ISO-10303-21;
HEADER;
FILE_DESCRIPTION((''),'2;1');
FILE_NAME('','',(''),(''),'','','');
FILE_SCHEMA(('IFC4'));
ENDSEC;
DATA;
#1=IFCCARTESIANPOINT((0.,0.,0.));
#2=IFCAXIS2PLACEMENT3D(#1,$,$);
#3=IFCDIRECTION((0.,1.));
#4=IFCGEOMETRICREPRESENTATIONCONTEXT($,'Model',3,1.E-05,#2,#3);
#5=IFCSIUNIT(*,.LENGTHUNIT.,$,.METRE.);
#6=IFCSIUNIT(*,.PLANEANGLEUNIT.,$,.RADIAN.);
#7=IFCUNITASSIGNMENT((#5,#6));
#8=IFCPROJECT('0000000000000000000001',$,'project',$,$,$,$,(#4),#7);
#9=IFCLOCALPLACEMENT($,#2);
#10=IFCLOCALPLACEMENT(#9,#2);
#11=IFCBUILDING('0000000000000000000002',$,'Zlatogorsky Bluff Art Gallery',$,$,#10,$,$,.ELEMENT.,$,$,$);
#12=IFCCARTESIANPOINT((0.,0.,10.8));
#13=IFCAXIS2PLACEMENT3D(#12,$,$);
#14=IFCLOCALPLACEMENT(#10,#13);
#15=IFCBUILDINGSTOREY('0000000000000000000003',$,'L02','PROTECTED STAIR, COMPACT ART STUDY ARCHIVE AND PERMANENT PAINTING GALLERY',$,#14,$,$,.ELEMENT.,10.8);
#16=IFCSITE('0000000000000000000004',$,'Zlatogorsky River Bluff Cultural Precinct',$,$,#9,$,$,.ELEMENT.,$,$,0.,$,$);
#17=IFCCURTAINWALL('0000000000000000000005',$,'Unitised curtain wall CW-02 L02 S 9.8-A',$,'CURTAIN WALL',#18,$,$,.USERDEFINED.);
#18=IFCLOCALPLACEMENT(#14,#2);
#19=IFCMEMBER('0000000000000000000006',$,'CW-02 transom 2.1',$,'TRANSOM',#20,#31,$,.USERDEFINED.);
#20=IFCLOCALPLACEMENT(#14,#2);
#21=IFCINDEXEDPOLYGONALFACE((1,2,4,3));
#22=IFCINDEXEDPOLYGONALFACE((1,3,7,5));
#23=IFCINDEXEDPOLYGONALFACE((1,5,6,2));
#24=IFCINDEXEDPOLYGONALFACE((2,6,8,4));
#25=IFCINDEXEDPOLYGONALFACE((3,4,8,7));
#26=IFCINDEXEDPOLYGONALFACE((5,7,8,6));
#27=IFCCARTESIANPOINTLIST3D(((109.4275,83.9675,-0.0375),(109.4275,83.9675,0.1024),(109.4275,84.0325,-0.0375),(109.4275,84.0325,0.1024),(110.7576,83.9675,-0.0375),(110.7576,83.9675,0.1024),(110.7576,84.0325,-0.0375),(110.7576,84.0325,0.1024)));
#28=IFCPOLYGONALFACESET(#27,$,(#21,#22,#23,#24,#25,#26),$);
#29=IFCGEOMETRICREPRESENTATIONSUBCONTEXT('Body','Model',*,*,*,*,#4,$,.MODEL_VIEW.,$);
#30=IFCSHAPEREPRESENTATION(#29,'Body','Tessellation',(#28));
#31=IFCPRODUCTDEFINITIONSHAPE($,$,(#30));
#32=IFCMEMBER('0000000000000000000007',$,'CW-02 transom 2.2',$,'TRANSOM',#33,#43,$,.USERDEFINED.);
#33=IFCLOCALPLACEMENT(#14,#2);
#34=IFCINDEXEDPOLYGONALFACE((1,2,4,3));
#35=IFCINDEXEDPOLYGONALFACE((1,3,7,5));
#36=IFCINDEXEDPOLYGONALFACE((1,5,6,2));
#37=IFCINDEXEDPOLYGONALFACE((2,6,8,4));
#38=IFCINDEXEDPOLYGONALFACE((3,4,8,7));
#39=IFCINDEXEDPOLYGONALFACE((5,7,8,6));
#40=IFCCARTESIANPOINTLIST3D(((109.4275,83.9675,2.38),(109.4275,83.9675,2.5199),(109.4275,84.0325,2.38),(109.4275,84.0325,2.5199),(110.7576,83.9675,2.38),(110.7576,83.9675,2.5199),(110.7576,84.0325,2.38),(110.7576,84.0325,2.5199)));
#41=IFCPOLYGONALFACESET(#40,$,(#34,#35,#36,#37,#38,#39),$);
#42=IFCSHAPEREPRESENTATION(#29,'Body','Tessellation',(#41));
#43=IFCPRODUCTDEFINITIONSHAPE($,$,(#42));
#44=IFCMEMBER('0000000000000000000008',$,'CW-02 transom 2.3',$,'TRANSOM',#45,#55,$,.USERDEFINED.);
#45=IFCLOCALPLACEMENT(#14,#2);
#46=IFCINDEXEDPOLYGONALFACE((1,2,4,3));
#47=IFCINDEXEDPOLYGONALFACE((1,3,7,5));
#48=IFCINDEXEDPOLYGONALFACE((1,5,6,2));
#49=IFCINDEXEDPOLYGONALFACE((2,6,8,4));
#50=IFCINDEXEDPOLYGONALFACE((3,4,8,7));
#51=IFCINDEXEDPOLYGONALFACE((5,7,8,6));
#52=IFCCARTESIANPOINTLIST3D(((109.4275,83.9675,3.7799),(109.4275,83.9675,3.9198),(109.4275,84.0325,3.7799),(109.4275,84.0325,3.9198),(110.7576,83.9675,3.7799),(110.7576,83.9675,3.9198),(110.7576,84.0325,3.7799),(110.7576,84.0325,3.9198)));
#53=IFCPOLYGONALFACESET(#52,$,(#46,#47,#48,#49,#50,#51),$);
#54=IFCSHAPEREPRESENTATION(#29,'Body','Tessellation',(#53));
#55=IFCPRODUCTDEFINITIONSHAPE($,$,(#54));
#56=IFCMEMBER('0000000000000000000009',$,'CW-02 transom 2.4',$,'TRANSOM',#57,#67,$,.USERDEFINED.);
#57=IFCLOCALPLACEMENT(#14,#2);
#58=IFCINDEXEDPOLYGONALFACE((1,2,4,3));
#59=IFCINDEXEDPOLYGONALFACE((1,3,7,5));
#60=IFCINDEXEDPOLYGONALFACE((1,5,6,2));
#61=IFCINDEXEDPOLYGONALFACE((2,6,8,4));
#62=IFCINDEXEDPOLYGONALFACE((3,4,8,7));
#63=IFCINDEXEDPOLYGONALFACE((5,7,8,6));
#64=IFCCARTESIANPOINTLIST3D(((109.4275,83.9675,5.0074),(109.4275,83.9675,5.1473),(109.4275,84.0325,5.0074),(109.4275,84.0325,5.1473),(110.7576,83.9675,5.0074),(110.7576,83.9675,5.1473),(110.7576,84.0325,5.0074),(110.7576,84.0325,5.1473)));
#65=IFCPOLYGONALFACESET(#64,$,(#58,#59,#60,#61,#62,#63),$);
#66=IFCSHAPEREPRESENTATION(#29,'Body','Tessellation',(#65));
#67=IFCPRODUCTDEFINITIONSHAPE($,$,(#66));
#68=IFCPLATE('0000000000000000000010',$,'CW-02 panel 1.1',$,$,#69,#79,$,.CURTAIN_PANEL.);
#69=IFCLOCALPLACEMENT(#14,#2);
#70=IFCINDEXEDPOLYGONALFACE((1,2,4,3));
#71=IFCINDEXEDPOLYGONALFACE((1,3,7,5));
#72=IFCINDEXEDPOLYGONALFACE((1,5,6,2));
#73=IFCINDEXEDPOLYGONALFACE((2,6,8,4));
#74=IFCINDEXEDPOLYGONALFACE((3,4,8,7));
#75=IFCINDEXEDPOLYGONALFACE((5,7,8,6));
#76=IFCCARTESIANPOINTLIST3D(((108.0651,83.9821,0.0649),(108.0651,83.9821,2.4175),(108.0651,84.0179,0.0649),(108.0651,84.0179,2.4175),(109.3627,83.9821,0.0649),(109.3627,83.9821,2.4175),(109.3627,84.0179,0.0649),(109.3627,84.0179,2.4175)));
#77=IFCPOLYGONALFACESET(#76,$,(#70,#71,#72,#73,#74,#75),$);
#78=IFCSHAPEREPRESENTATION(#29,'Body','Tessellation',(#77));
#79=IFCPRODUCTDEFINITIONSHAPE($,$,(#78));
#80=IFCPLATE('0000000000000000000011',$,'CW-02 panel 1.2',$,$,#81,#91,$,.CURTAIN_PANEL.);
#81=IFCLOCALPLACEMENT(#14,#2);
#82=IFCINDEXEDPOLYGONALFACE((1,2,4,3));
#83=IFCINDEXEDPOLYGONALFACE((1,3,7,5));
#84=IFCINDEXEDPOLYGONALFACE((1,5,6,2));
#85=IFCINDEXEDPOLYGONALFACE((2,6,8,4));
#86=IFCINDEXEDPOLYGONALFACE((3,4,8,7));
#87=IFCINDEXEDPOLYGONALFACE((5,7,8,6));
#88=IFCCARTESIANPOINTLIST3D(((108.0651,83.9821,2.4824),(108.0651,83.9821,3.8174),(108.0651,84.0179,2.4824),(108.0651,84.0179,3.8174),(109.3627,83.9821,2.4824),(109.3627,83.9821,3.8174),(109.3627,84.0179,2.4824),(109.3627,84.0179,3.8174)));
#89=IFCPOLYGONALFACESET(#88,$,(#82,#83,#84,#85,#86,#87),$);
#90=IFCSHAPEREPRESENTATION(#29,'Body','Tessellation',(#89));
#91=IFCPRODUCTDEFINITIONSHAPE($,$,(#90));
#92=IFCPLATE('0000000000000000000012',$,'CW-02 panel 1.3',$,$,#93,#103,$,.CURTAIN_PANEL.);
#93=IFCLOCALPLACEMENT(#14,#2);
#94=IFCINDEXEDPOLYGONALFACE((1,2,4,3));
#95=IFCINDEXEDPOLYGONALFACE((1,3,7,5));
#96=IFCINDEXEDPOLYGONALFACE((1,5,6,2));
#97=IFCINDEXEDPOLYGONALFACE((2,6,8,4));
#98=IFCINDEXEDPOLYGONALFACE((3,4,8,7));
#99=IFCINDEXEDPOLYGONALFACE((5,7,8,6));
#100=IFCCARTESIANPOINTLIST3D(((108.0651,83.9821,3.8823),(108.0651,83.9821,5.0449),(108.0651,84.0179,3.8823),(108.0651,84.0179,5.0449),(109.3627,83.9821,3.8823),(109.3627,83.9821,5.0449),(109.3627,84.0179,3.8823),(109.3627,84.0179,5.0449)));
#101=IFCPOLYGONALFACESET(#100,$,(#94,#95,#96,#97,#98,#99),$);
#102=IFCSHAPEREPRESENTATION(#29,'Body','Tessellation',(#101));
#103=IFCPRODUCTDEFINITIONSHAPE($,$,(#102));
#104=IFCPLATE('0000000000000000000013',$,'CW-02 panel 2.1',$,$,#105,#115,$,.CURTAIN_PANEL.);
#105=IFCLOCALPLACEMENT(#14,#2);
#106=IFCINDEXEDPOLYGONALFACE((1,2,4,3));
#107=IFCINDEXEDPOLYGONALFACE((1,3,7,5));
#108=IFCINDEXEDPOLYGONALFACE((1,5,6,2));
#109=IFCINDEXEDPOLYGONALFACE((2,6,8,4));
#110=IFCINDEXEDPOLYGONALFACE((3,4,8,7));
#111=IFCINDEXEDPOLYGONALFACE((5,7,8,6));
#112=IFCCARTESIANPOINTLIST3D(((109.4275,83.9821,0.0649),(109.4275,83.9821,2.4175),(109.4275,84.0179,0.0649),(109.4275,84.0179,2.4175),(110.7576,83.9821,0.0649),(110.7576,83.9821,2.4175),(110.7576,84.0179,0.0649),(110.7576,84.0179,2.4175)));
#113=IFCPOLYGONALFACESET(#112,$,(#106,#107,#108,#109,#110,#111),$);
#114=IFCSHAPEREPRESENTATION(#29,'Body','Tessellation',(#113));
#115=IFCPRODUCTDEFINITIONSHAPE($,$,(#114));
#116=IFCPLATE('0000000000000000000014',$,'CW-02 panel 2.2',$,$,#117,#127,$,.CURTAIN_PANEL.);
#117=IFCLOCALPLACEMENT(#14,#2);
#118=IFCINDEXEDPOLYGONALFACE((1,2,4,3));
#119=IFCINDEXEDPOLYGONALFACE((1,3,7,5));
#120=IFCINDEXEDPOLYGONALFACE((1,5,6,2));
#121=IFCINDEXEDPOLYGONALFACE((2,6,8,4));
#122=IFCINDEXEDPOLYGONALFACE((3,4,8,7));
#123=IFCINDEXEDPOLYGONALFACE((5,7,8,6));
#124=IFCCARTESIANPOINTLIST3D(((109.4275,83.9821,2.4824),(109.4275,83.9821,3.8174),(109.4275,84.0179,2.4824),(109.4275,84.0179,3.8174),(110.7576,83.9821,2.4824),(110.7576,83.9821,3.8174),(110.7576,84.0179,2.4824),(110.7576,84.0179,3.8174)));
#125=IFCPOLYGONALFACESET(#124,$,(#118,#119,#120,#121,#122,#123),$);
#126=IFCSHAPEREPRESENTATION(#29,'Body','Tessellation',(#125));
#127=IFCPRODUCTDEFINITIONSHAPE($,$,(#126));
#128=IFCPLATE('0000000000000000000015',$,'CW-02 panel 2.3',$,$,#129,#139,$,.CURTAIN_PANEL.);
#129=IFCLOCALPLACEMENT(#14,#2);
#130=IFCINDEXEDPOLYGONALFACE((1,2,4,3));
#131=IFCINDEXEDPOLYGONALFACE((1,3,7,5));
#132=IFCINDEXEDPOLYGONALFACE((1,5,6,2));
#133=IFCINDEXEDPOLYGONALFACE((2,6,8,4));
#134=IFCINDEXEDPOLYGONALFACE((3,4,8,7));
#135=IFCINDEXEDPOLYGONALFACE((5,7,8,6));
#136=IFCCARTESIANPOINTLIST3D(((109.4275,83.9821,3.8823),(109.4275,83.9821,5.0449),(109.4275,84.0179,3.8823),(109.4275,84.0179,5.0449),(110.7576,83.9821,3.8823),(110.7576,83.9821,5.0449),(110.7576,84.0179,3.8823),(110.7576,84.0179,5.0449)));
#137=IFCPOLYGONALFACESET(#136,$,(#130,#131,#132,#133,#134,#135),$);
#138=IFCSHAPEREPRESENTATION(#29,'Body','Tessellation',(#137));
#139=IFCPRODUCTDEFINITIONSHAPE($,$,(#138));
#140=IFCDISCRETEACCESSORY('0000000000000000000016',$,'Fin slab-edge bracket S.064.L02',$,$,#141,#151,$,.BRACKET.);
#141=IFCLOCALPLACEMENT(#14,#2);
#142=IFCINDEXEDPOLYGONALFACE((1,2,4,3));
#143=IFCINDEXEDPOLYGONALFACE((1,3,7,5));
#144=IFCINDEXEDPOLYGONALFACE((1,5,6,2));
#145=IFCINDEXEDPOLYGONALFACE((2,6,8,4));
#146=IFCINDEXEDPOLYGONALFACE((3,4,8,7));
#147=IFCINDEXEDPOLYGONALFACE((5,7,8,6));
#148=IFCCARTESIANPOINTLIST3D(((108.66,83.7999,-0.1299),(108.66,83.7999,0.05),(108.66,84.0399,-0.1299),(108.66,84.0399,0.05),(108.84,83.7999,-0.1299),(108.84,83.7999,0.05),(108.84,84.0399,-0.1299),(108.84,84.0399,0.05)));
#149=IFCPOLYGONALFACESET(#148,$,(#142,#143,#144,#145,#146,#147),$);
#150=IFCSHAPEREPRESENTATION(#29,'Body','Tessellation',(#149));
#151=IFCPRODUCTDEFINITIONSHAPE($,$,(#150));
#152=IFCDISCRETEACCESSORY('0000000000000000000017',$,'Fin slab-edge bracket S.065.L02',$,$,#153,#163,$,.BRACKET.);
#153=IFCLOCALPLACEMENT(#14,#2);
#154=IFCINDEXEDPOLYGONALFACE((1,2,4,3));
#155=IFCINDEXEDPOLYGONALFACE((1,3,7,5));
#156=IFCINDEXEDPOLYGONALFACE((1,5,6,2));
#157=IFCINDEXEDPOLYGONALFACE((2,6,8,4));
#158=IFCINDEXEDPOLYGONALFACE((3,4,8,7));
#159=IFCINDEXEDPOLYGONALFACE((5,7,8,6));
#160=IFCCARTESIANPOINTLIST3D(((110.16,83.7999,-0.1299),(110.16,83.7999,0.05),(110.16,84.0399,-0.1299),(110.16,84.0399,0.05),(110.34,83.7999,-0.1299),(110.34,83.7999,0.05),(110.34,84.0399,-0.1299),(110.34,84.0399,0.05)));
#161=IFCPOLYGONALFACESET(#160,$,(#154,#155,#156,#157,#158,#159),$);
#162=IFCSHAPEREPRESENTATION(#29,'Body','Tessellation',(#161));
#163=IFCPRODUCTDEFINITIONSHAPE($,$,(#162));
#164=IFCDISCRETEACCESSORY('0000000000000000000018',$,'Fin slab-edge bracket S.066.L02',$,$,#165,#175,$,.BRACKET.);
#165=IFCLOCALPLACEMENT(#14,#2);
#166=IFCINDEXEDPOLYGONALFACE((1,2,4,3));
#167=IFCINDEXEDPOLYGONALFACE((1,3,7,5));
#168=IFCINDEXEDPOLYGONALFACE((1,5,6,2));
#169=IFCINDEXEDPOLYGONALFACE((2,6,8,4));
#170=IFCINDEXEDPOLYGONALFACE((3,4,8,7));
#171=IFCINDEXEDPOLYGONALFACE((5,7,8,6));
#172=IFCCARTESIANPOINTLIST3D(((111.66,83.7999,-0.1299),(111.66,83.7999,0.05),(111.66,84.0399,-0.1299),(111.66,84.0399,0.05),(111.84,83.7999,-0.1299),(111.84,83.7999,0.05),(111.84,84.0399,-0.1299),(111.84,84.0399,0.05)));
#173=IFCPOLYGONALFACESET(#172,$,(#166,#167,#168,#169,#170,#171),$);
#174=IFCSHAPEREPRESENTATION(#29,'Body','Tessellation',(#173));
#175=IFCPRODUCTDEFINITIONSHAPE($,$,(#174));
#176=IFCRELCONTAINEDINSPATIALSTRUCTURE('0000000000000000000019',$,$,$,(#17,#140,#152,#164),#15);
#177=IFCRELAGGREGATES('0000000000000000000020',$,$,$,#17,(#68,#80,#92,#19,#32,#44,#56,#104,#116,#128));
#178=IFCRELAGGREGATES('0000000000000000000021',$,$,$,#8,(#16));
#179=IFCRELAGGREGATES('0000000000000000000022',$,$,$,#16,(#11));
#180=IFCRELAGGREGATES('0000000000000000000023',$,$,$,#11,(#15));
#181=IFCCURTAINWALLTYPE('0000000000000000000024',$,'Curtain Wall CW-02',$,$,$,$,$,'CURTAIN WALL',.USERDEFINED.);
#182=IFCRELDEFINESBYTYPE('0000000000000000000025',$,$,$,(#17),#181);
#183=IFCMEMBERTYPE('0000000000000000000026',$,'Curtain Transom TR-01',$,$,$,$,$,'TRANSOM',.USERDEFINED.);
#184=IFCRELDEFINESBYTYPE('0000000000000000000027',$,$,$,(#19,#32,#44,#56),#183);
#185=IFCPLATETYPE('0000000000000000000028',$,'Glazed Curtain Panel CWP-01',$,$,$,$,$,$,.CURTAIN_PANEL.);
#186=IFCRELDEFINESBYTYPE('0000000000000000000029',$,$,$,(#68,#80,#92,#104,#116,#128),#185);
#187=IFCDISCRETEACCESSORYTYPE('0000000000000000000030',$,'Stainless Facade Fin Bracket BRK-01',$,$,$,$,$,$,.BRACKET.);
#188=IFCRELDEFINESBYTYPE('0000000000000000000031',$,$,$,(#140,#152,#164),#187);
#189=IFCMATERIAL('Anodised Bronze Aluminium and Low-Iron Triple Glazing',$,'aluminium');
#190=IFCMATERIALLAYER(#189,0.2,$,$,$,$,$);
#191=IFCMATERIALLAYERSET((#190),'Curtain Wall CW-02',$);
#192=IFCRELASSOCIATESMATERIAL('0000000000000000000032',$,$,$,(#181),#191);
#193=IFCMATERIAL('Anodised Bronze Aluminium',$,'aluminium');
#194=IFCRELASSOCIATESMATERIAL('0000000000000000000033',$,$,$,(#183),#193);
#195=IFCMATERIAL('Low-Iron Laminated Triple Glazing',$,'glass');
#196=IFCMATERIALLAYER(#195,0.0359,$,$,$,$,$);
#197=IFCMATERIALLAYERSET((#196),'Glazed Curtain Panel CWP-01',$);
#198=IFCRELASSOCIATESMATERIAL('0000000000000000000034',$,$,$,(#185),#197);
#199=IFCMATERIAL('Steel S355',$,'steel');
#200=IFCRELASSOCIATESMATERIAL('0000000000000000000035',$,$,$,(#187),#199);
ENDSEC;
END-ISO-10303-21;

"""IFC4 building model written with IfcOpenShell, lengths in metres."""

from ifc_helpers import new_model, si_unit, direction, frame, origin, origin_2d, place, context, subcontext, project, spatial, rectangle, extrude, material, layer, layer_set, material_profile, profile_set, type_object, element, aggregate, save


model = new_model("IFC4")

# Units and contexts
model_context = context("Model", 3, precision=1e-05, world=origin(), true_north=direction((0.0, 1.0)))
body_context = subcontext(model_context, "Body", "Model", "MODEL_VIEW")
ifc_project = project(units=[si_unit("LENGTHUNIT", "METRE"), si_unit("PLANEANGLEUNIT", "RADIAN")], contexts=[model_context])

# Site, building, storey
site_placement = place(None, origin())
site = spatial("IfcSite", under=ifc_project, at=site_placement, Name="Zlatogorsky River Bluff Cultural Precinct", CompositionType="ELEMENT", RefElevation=0.0)
building_placement = place(site_placement, origin())
building = spatial("IfcBuilding", under=site, at=building_placement, Name="Zlatogorsky Bluff Art Gallery", CompositionType="ELEMENT")
storey_placement = place(building_placement, frame((0.0, 0.0, 10.8)))
storey = spatial("IfcBuildingStorey", under=building, at=storey_placement, Name="L02", Description="PROTECTED STAIR, COMPACT ART STUDY ARCHIVE AND PERMANENT PAINTING GALLERY", CompositionType="ELEMENT", Elevation=10.8)

# Shared definitions
ifc_material_1 = material(Name="Steel S355", Category="steel")

# Curtain wall, members, plates
ifc_material_2 = material(Name="Anodised Bronze Aluminium and Low-Iron Triple Glazing", Category="aluminium")
ifc_layer_1 = layer(ifc_material_2, 0.2)
ifc_layer_set_1 = layer_set([ifc_layer_1], Name="Curtain Wall CW-02")
curtain_wall_type = type_object("IfcCurtainWallType", Name="Curtain Wall CW-02", ElementType="CURTAIN WALL", PredefinedType="USERDEFINED", material=ifc_layer_set_1)
curtain_wall_placement = place(storey_placement, origin())
curtain_wall = element("IfcCurtainWall", 1, at=curtain_wall_placement, inside=storey, type_object=curtain_wall_type, Name="Unitised curtain wall CW-02 L02 S 9.8-A", ObjectType="CURTAIN WALL", PredefinedType="USERDEFINED")
ifc_material_3 = material(Name="Anodised Bronze Aluminium", Category="aluminium")
ifc_material_profile_1 = material_profile(ifc_material_3, rectangle(XDim=0.0649, YDim=0.1399, at=origin_2d()), Name="ALU TRANSOM 65x140")
ifc_profile_set_1 = profile_set([ifc_material_profile_1], Name="Anodised Bronze Aluminium")
member_type_1 = type_object("IfcMemberType", Name="Curtain Transom TR-01", ElementType="TRANSOM", PredefinedType="USERDEFINED", material=ifc_profile_set_1)
member_1_placement = place(storey_placement, frame((109.4275, 84.0, 0.0325), z_axis=(1.0, 0.0, 0.0), x_axis=(0.0, 1.0, 0.0)))
member_1 = element("IfcMember", 2, at=member_1_placement, type_object=member_type_1, Name="CW-02 transom 2.1", ObjectType="TRANSOM", PredefinedType="USERDEFINED", context=body_context, shape_type="SweptSolid", body=[
    extrude(rectangle(XDim=0.0649, YDim=0.1399, at=origin_2d()), origin(), (0.0, 0.0, 1.0), 1.3301),
])
member_2_placement = place(storey_placement, frame((109.4275, 84.0, 2.45), z_axis=(1.0, 0.0, 0.0), x_axis=(0.0, 1.0, 0.0)))
member_2 = element("IfcMember", 3, at=member_2_placement, type_object=member_type_1, Name="CW-02 transom 2.2", ObjectType="TRANSOM", PredefinedType="USERDEFINED", context=body_context, shape_type="SweptSolid", body=[
    extrude(rectangle(XDim=0.0649, YDim=0.1399, at=origin_2d()), origin(), (0.0, 0.0, 1.0), 1.3301),
])
member_3_placement = place(storey_placement, frame((109.4275, 84.0, 3.8499), z_axis=(1.0, 0.0, 0.0), x_axis=(0.0, 1.0, 0.0)))
member_3 = element("IfcMember", 4, at=member_3_placement, type_object=member_type_1, Name="CW-02 transom 2.3", ObjectType="TRANSOM", PredefinedType="USERDEFINED", context=body_context, shape_type="SweptSolid", body=[
    extrude(rectangle(XDim=0.0649, YDim=0.1399, at=origin_2d()), origin(), (0.0, 0.0, 1.0), 1.3301),
])
member_4_placement = place(storey_placement, frame((109.4275, 84.0, 5.0774), z_axis=(1.0, 0.0, 0.0), x_axis=(0.0, 1.0, 0.0)))
member_4 = element("IfcMember", 5, at=member_4_placement, type_object=member_type_1, Name="CW-02 transom 2.4", ObjectType="TRANSOM", PredefinedType="USERDEFINED", context=body_context, shape_type="SweptSolid", body=[
    extrude(rectangle(XDim=0.0649, YDim=0.1399, at=origin_2d()), origin(), (0.0, 0.0, 1.0), 1.3301),
])
ifc_material_4 = material(Name="Low-Iron Laminated Triple Glazing", Category="glass")
ifc_layer_2 = layer(ifc_material_4, 0.0359)
ifc_layer_set_2 = layer_set([ifc_layer_2], Name="Glazed Curtain Panel CWP-01")
plate_type = type_object("IfcPlateType", Name="Glazed Curtain Panel CWP-01", PredefinedType="CURTAIN_PANEL", material=ifc_layer_set_2)
plate_1_placement = place(storey_placement, frame((108.7139, 84.0, 0.0649), z_axis=(0.0, 0.0, 1.0), x_axis=(1.0, 0.0, 0.0)))
plate_1 = element("IfcPlate", 6, at=plate_1_placement, type_object=plate_type, Name="CW-02 panel 1.1", PredefinedType="CURTAIN_PANEL", context=body_context, shape_type="SweptSolid", body=[
    extrude(rectangle(XDim=1.2976, YDim=0.0359, at=origin_2d()), origin(), (0.0, 0.0, 1.0), 2.3525),
])
plate_2_placement = place(storey_placement, frame((108.7139, 84.0, 2.4824), z_axis=(0.0, 0.0, 1.0), x_axis=(1.0, 0.0, 0.0)))
plate_2 = element("IfcPlate", 7, at=plate_2_placement, type_object=plate_type, Name="CW-02 panel 1.2", PredefinedType="CURTAIN_PANEL", context=body_context, shape_type="SweptSolid", body=[
    extrude(rectangle(XDim=1.2976, YDim=0.0359, at=origin_2d()), origin(), (0.0, 0.0, 1.0), 1.335),
])
plate_3_placement = place(storey_placement, frame((108.7139, 84.0, 3.8823), z_axis=(0.0, 0.0, 1.0), x_axis=(1.0, 0.0, 0.0)))
plate_3 = element("IfcPlate", 8, at=plate_3_placement, type_object=plate_type, Name="CW-02 panel 1.3", PredefinedType="CURTAIN_PANEL", context=body_context, shape_type="SweptSolid", body=[
    extrude(rectangle(XDim=1.2976, YDim=0.0359, at=origin_2d()), origin(), (0.0, 0.0, 1.0), 1.1626),
])
plate_4_placement = place(storey_placement, frame((110.0925, 84.0, 0.0649), z_axis=(0.0, 0.0, 1.0), x_axis=(1.0, 0.0, 0.0)))
plate_4 = element("IfcPlate", 9, at=plate_4_placement, type_object=plate_type, Name="CW-02 panel 2.1", PredefinedType="CURTAIN_PANEL", context=body_context, shape_type="SweptSolid", body=[
    extrude(rectangle(XDim=1.3301, YDim=0.0359, at=origin_2d()), origin(), (0.0, 0.0, 1.0), 2.3525),
])
plate_5_placement = place(storey_placement, frame((110.0925, 84.0, 2.4824), z_axis=(0.0, 0.0, 1.0), x_axis=(1.0, 0.0, 0.0)))
plate_5 = element("IfcPlate", 10, at=plate_5_placement, type_object=plate_type, Name="CW-02 panel 2.2", PredefinedType="CURTAIN_PANEL", context=body_context, shape_type="SweptSolid", body=[
    extrude(rectangle(XDim=1.3301, YDim=0.0359, at=origin_2d()), origin(), (0.0, 0.0, 1.0), 1.335),
])
plate_6_placement = place(storey_placement, frame((110.0925, 84.0, 3.8823), z_axis=(0.0, 0.0, 1.0), x_axis=(1.0, 0.0, 0.0)))
plate_6 = element("IfcPlate", 11, at=plate_6_placement, type_object=plate_type, Name="CW-02 panel 2.3", PredefinedType="CURTAIN_PANEL", context=body_context, shape_type="SweptSolid", body=[
    extrude(rectangle(XDim=1.3301, YDim=0.0359, at=origin_2d()), origin(), (0.0, 0.0, 1.0), 1.1626),
])
aggregate(curtain_wall, [plate_1, plate_2, plate_3, member_1, member_2, member_3, member_4, plate_4, plate_5, plate_6])

# Discrete accessories
discrete_accessory_type = type_object("IfcDiscreteAccessoryType", Name="Stainless Facade Fin Bracket BRK-01", PredefinedType="BRACKET", material=ifc_material_1)
for number, where, z_axis, x_axis, name in (
    (12, (108.75, 83.9199, -0.1299), (0.0, 0.0, 1.0), (1.0, 0.0, 0.0), "Fin slab-edge bracket S.064.L02"),
    (13, (110.25, 83.9199, -0.1299), (0.0, 0.0, 1.0), (1.0, 0.0, 0.0), "Fin slab-edge bracket S.065.L02"),
    (14, (111.75, 83.9199, -0.1299), (0.0, 0.0, 1.0), (1.0, 0.0, 0.0), "Fin slab-edge bracket S.066.L02"),
):
    element("IfcDiscreteAccessory", number, at=place(storey_placement, frame(where, z_axis=z_axis, x_axis=x_axis)), inside=storey, type_object=discrete_accessory_type, Name=name, PredefinedType="BRACKET", context=body_context, shape_type="SweptSolid", body=[
        extrude(rectangle(XDim=0.1799, YDim=0.24, at=origin_2d()), origin(), (0.0, 0.0, 1.0), 0.1799),
    ])

save(model, "model.ifc")
